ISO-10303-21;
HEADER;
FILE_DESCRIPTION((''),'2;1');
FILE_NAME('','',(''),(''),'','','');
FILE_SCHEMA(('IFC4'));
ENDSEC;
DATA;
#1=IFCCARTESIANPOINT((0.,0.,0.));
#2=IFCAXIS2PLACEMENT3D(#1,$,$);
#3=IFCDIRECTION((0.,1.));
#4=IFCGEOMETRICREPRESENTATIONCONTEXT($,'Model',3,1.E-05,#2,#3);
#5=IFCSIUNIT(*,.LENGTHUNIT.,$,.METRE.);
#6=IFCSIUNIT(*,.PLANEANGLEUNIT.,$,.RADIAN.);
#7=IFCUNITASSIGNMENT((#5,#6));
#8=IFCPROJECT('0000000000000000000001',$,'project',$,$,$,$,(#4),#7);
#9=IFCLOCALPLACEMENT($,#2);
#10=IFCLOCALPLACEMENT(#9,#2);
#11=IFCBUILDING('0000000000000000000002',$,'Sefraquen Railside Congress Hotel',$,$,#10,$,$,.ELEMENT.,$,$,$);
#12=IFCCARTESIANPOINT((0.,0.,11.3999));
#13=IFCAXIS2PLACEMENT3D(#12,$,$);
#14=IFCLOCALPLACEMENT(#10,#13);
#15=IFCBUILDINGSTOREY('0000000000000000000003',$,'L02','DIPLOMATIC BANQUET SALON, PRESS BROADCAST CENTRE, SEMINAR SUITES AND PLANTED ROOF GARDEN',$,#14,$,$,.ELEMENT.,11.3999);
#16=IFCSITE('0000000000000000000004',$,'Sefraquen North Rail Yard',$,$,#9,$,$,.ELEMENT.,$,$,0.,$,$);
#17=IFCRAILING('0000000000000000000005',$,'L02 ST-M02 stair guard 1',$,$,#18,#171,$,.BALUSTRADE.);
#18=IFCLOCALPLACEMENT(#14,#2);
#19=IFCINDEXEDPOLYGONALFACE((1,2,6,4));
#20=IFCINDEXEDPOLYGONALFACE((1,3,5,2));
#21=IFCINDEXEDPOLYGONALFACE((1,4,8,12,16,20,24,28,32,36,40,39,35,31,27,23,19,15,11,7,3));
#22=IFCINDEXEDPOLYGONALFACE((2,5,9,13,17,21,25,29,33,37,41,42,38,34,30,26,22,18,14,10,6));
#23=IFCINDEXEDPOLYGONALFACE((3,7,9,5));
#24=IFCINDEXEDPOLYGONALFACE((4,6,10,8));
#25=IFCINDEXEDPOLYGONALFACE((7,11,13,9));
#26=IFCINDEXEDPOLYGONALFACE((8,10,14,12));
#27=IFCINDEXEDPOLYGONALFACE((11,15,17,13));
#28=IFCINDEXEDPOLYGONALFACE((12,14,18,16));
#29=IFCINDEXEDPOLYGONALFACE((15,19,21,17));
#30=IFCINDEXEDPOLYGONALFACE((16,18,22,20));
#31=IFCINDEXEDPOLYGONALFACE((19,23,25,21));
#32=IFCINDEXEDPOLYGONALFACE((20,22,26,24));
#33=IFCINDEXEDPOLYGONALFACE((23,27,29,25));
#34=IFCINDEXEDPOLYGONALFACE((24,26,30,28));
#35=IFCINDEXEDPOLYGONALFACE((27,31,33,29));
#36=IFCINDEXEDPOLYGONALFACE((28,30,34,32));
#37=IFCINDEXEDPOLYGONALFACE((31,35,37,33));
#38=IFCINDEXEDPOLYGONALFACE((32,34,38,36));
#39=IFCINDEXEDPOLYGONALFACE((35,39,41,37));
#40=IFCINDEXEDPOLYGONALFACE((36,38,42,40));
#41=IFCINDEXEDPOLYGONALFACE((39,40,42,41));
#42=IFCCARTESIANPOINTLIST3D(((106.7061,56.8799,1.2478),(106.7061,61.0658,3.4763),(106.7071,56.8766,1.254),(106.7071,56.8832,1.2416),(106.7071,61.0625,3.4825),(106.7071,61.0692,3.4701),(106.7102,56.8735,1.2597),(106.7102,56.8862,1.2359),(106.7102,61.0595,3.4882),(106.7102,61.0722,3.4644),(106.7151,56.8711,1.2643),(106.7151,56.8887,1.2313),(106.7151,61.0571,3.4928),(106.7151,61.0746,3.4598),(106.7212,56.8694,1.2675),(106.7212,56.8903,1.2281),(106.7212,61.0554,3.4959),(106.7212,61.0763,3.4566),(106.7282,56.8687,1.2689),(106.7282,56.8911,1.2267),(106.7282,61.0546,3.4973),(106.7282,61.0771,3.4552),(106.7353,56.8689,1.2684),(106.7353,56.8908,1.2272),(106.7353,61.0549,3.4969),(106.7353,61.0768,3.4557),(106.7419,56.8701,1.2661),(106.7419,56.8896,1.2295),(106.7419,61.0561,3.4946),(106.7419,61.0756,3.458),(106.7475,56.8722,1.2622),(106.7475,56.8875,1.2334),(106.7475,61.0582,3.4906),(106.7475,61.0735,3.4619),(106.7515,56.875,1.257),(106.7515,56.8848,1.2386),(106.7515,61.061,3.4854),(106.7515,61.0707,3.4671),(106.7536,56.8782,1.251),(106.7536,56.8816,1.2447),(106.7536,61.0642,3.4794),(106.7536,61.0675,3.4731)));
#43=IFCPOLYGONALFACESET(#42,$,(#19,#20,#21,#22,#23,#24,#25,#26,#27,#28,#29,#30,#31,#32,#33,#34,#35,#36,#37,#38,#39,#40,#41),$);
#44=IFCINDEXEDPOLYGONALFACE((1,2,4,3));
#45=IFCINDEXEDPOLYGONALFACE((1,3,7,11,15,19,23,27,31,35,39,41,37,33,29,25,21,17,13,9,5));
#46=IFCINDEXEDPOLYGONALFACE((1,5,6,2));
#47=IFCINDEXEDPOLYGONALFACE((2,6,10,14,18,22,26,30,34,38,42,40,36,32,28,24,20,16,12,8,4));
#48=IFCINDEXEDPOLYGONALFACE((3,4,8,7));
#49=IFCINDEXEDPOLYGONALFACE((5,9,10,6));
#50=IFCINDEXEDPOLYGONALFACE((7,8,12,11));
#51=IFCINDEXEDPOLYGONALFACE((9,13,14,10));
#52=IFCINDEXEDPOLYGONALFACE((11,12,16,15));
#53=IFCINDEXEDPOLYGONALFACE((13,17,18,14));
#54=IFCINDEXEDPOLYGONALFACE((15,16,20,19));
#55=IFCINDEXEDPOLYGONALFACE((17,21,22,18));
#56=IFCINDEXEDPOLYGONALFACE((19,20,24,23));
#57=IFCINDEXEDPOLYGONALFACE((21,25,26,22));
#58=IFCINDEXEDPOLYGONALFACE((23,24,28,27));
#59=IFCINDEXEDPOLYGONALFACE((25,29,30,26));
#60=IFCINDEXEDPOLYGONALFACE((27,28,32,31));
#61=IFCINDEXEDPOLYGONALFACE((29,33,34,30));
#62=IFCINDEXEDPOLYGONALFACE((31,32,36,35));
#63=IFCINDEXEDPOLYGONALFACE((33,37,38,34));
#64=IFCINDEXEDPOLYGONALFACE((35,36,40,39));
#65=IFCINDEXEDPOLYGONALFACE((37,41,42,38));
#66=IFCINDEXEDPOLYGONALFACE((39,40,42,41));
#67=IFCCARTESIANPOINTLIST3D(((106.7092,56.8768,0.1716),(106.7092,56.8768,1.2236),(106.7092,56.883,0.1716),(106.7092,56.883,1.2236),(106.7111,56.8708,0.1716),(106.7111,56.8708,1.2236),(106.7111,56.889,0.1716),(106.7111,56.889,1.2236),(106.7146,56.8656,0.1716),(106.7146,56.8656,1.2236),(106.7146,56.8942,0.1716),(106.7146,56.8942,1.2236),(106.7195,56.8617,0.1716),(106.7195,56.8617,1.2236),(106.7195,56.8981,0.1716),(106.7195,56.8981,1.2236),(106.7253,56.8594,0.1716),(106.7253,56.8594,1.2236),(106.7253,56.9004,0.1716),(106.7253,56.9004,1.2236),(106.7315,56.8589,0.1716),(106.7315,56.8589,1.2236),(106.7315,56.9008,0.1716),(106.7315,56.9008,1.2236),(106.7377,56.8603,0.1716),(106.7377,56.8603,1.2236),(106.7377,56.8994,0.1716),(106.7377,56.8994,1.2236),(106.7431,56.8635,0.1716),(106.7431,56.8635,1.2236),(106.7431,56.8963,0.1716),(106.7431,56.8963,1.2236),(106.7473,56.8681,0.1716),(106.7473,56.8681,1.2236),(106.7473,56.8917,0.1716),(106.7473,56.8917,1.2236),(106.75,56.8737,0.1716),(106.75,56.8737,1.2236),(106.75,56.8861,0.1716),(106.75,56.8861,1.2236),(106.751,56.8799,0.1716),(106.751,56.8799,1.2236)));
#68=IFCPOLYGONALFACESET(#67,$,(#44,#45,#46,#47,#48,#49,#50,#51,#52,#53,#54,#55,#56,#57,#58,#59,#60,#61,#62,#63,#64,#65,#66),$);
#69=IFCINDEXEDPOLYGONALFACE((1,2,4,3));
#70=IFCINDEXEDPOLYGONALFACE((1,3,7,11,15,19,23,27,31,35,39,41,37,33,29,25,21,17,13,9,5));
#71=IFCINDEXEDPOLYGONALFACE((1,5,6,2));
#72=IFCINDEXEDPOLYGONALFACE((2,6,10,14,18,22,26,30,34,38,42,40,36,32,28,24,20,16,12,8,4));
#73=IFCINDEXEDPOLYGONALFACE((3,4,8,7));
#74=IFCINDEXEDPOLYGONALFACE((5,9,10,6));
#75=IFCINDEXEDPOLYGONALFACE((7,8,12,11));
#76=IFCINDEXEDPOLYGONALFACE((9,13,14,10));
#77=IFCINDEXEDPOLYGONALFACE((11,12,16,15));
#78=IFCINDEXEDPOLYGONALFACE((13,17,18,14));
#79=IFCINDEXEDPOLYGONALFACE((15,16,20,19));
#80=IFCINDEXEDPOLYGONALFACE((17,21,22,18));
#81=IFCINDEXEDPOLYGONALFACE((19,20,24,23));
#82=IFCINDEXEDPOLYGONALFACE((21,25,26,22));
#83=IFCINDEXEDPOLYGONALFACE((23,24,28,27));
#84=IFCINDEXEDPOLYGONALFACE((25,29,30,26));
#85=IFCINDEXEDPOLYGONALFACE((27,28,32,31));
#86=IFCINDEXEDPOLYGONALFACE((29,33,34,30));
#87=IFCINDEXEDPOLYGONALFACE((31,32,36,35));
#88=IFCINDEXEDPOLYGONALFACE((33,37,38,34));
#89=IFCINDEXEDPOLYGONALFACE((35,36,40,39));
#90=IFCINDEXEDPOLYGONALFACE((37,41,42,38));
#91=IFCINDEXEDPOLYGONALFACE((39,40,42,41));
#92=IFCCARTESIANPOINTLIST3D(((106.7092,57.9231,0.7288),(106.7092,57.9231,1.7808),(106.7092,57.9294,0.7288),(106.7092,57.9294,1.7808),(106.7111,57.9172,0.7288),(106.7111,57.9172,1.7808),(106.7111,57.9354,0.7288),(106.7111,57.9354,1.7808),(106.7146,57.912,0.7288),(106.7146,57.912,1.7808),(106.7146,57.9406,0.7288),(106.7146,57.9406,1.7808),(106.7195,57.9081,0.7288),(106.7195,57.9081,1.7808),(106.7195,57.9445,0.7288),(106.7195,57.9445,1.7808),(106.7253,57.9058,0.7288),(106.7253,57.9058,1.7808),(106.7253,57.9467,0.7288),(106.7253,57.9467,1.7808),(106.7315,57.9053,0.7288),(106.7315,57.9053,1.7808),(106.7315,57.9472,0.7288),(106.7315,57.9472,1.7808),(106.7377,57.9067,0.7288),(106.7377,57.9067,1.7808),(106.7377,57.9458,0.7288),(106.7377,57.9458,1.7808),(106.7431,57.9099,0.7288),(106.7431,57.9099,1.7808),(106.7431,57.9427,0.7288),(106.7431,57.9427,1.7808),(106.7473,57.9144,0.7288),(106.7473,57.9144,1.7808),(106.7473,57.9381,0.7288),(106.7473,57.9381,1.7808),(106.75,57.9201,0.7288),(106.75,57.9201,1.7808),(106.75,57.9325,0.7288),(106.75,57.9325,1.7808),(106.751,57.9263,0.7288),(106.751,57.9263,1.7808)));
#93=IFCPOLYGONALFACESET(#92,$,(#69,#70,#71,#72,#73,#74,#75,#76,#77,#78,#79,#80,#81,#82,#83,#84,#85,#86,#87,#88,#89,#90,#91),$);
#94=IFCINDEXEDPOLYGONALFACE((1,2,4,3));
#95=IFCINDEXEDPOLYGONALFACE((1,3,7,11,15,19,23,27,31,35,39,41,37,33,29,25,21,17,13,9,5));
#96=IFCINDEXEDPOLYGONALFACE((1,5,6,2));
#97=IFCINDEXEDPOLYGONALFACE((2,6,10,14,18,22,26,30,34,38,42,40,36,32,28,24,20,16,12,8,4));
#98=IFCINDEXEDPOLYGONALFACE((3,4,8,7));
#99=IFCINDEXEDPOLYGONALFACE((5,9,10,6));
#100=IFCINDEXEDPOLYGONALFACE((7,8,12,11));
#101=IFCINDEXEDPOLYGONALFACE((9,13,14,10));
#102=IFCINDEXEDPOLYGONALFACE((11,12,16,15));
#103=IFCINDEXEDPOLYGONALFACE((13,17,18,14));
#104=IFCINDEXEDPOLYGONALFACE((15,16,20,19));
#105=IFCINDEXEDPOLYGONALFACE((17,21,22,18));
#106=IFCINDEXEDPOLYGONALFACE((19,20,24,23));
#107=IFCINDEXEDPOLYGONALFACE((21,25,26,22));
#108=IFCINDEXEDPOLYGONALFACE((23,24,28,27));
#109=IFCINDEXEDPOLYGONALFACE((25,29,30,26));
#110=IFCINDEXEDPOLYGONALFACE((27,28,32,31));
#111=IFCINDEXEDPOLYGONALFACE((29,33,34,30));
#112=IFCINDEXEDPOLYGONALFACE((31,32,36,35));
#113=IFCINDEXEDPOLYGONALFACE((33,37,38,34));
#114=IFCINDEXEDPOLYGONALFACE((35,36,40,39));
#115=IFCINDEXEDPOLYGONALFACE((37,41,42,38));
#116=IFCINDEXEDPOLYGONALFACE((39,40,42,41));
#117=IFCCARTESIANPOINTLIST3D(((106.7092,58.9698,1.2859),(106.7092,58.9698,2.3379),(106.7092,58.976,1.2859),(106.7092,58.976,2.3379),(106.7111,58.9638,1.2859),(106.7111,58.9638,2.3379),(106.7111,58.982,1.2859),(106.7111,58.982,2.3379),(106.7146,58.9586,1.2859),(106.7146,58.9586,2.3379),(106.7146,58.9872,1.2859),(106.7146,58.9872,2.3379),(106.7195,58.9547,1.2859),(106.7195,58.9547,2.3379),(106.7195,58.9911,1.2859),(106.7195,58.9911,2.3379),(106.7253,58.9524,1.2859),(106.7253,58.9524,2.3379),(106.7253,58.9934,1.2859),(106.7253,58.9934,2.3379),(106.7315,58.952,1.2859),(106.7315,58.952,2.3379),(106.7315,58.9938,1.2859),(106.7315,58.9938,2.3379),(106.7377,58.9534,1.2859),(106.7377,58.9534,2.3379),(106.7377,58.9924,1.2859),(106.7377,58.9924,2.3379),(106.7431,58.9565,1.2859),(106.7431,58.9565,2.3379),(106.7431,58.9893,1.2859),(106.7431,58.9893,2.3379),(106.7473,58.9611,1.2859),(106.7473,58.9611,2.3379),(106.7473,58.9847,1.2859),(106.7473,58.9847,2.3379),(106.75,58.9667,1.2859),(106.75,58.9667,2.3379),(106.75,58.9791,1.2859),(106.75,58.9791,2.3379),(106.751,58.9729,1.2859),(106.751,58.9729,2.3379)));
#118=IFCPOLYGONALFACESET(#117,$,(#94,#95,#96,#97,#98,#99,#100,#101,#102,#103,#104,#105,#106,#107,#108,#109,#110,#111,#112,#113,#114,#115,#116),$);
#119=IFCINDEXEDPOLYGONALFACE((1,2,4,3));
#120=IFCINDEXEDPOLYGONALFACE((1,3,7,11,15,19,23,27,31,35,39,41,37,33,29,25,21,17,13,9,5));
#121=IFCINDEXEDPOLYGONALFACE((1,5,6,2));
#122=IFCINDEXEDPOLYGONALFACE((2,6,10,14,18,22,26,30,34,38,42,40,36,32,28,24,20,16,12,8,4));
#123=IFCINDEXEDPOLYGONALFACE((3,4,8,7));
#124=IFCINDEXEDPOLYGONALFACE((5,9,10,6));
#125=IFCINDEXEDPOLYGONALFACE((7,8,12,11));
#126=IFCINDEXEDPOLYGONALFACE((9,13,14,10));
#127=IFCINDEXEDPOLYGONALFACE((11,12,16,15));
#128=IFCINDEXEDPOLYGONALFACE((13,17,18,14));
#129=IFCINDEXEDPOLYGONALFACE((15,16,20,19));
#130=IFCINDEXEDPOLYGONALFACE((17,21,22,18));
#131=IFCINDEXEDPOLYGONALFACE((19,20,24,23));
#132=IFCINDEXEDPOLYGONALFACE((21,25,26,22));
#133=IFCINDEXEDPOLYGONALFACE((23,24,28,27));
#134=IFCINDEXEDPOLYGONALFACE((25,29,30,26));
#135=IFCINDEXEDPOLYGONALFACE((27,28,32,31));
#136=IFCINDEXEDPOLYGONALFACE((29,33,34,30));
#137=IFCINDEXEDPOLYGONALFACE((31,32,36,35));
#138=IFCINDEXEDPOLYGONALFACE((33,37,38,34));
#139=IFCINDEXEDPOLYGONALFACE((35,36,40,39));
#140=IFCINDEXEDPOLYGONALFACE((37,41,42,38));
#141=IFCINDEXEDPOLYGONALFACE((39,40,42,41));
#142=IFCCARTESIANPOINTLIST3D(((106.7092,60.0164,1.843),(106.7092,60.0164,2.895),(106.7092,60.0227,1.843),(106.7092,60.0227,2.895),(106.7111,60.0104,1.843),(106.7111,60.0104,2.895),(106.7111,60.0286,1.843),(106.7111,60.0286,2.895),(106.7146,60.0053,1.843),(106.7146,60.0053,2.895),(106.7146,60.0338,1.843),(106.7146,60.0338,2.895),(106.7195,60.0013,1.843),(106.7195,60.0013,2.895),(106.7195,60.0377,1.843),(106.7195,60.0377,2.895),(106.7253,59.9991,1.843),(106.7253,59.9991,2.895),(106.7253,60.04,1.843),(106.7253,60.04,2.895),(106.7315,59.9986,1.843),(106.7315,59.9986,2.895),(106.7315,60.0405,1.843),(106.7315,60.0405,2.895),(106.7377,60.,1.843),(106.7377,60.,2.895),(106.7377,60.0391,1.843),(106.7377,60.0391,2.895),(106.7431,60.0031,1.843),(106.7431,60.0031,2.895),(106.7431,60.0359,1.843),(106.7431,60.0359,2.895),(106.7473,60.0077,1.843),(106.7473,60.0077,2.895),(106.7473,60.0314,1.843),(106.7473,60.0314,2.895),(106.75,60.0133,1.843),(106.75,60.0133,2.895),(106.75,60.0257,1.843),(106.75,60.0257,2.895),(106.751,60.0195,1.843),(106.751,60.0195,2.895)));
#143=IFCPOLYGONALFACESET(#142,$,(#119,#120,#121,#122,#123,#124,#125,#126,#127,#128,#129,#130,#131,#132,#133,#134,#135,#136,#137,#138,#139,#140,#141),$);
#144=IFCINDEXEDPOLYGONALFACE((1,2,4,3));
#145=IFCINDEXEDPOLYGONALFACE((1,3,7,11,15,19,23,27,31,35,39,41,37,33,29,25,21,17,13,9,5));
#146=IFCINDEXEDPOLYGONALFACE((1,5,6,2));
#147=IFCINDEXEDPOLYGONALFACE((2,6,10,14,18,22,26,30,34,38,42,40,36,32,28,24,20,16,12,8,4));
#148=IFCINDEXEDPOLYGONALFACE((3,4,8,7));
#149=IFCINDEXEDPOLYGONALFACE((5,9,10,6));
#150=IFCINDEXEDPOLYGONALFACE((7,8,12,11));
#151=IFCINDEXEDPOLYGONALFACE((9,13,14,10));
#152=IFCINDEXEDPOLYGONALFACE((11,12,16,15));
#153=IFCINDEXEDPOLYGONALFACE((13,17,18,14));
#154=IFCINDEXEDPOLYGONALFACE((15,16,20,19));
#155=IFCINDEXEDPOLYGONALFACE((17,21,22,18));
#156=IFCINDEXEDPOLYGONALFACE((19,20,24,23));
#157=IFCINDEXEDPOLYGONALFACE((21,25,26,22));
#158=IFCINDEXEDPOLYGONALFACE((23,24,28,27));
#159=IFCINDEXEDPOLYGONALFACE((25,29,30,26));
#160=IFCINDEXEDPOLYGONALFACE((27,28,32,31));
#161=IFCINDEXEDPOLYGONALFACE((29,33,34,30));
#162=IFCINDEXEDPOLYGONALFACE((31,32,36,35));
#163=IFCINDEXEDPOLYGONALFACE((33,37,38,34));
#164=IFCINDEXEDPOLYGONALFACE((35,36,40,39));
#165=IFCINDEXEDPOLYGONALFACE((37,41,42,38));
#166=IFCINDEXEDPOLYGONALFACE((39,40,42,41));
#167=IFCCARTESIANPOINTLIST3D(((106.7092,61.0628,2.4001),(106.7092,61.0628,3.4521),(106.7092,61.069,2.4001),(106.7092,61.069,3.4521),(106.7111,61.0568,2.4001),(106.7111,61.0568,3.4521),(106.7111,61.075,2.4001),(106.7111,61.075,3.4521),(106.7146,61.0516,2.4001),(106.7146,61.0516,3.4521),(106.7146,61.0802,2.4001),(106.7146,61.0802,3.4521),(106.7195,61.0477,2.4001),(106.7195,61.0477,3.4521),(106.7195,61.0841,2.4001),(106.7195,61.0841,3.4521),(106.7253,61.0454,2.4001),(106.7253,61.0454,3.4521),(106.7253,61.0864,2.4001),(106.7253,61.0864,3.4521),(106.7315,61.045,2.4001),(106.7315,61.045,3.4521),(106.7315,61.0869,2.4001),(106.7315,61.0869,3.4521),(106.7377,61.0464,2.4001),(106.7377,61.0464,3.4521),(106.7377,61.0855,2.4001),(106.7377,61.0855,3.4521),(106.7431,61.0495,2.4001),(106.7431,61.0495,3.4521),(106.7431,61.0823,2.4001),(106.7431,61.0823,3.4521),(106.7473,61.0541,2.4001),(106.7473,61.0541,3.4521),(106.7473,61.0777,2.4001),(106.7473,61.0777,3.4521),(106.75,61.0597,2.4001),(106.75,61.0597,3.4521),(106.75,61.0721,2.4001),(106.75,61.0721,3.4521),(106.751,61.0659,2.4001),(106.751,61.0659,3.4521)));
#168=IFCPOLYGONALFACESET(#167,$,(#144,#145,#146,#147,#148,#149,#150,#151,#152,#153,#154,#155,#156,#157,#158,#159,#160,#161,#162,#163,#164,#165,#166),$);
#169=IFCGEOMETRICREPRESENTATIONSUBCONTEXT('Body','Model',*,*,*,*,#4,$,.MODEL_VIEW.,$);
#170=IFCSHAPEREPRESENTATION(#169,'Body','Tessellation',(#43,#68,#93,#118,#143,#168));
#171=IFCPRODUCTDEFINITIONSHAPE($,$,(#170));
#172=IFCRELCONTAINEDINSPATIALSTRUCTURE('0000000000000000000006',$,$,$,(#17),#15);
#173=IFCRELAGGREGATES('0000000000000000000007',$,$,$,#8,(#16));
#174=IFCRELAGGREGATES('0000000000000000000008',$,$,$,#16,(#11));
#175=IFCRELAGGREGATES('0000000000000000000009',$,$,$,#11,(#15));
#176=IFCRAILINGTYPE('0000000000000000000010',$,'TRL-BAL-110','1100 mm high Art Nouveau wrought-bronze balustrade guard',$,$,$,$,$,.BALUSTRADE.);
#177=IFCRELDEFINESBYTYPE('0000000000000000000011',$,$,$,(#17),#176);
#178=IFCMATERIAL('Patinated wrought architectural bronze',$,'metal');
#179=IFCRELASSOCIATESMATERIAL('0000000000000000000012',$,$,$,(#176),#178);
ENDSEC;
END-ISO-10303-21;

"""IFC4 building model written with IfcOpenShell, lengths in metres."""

from ifc_helpers import new_model, si_unit, direction, frame, origin, origin_2d, place, context, subcontext, project, spatial, circle, extrude, material, type_object, element, save


model = new_model("IFC4")

# Units and contexts
model_context = context("Model", 3, precision=1e-05, world=origin(), true_north=direction((0.0, 1.0)))
body_context = subcontext(model_context, "Body", "Model", "MODEL_VIEW")
ifc_project = project(units=[si_unit("LENGTHUNIT", "METRE"), si_unit("PLANEANGLEUNIT", "RADIAN")], contexts=[model_context])

# Site, building, storey
site_placement = place(None, origin())
site = spatial("IfcSite", under=ifc_project, at=site_placement, Name="Sefraquen North Rail Yard", CompositionType="ELEMENT", RefElevation=0.0)
building_placement = place(site_placement, origin())
building = spatial("IfcBuilding", under=site, at=building_placement, Name="Sefraquen Railside Congress Hotel", CompositionType="ELEMENT")
storey_placement = place(building_placement, frame((0.0, 0.0, 11.3999)))
storey = spatial("IfcBuildingStorey", under=building, at=storey_placement, Name="L02", Description="DIPLOMATIC BANQUET SALON, PRESS BROADCAST CENTRE, SEMINAR SUITES AND PLANTED ROOF GARDEN", CompositionType="ELEMENT", Elevation=11.3999)

# Railing
ifc_material_1 = material(Name="Patinated wrought architectural bronze", Category="metal")
railing_type_1 = type_object("IfcRailingType", Name="TRL-BAL-110", Description="1100 mm high Art Nouveau wrought-bronze balustrade guard", PredefinedType="BALUSTRADE", material=ifc_material_1)
railing_1_placement = place(storey_placement, frame((106.73, 56.8799, 0.1716)))
element("IfcRailing", 1, at=railing_1_placement, inside=storey, type_object=railing_type_1, Name="L02 ST-M02 stair guard 1", PredefinedType="BALUSTRADE", context=body_context, shape_type="SweptSolid", body=[
    extrude(circle(Radius=0.0239, at=origin_2d()), frame((0.0, 0.0, 1.0762), z_axis=(0.0, 0.882706, 0.469925), x_axis=(-1.0, 0.0, 0.0)), (0.0, 0.0, 1.0), 4.7422),
    extrude(circle(Radius=0.021, at=origin_2d()), origin(), (0.0, 0.0, 1.0), 1.052),
    extrude(circle(Radius=0.021, at=origin_2d()), frame((0.0, 1.0464, 0.5571)), (0.0, 0.0, 1.0), 1.052),
    extrude(circle(Radius=0.021, at=origin_2d()), frame((0.0, 2.093, 1.1143)), (0.0, 0.0, 1.0), 1.052),
    extrude(circle(Radius=0.021, at=origin_2d()), frame((0.0, 3.1396, 1.6714)), (0.0, 0.0, 1.0), 1.052),
    extrude(circle(Radius=0.021, at=origin_2d()), frame((0.0, 4.186, 2.2285)), (0.0, 0.0, 1.0), 1.052),
])

save(model, "model.ifc")
